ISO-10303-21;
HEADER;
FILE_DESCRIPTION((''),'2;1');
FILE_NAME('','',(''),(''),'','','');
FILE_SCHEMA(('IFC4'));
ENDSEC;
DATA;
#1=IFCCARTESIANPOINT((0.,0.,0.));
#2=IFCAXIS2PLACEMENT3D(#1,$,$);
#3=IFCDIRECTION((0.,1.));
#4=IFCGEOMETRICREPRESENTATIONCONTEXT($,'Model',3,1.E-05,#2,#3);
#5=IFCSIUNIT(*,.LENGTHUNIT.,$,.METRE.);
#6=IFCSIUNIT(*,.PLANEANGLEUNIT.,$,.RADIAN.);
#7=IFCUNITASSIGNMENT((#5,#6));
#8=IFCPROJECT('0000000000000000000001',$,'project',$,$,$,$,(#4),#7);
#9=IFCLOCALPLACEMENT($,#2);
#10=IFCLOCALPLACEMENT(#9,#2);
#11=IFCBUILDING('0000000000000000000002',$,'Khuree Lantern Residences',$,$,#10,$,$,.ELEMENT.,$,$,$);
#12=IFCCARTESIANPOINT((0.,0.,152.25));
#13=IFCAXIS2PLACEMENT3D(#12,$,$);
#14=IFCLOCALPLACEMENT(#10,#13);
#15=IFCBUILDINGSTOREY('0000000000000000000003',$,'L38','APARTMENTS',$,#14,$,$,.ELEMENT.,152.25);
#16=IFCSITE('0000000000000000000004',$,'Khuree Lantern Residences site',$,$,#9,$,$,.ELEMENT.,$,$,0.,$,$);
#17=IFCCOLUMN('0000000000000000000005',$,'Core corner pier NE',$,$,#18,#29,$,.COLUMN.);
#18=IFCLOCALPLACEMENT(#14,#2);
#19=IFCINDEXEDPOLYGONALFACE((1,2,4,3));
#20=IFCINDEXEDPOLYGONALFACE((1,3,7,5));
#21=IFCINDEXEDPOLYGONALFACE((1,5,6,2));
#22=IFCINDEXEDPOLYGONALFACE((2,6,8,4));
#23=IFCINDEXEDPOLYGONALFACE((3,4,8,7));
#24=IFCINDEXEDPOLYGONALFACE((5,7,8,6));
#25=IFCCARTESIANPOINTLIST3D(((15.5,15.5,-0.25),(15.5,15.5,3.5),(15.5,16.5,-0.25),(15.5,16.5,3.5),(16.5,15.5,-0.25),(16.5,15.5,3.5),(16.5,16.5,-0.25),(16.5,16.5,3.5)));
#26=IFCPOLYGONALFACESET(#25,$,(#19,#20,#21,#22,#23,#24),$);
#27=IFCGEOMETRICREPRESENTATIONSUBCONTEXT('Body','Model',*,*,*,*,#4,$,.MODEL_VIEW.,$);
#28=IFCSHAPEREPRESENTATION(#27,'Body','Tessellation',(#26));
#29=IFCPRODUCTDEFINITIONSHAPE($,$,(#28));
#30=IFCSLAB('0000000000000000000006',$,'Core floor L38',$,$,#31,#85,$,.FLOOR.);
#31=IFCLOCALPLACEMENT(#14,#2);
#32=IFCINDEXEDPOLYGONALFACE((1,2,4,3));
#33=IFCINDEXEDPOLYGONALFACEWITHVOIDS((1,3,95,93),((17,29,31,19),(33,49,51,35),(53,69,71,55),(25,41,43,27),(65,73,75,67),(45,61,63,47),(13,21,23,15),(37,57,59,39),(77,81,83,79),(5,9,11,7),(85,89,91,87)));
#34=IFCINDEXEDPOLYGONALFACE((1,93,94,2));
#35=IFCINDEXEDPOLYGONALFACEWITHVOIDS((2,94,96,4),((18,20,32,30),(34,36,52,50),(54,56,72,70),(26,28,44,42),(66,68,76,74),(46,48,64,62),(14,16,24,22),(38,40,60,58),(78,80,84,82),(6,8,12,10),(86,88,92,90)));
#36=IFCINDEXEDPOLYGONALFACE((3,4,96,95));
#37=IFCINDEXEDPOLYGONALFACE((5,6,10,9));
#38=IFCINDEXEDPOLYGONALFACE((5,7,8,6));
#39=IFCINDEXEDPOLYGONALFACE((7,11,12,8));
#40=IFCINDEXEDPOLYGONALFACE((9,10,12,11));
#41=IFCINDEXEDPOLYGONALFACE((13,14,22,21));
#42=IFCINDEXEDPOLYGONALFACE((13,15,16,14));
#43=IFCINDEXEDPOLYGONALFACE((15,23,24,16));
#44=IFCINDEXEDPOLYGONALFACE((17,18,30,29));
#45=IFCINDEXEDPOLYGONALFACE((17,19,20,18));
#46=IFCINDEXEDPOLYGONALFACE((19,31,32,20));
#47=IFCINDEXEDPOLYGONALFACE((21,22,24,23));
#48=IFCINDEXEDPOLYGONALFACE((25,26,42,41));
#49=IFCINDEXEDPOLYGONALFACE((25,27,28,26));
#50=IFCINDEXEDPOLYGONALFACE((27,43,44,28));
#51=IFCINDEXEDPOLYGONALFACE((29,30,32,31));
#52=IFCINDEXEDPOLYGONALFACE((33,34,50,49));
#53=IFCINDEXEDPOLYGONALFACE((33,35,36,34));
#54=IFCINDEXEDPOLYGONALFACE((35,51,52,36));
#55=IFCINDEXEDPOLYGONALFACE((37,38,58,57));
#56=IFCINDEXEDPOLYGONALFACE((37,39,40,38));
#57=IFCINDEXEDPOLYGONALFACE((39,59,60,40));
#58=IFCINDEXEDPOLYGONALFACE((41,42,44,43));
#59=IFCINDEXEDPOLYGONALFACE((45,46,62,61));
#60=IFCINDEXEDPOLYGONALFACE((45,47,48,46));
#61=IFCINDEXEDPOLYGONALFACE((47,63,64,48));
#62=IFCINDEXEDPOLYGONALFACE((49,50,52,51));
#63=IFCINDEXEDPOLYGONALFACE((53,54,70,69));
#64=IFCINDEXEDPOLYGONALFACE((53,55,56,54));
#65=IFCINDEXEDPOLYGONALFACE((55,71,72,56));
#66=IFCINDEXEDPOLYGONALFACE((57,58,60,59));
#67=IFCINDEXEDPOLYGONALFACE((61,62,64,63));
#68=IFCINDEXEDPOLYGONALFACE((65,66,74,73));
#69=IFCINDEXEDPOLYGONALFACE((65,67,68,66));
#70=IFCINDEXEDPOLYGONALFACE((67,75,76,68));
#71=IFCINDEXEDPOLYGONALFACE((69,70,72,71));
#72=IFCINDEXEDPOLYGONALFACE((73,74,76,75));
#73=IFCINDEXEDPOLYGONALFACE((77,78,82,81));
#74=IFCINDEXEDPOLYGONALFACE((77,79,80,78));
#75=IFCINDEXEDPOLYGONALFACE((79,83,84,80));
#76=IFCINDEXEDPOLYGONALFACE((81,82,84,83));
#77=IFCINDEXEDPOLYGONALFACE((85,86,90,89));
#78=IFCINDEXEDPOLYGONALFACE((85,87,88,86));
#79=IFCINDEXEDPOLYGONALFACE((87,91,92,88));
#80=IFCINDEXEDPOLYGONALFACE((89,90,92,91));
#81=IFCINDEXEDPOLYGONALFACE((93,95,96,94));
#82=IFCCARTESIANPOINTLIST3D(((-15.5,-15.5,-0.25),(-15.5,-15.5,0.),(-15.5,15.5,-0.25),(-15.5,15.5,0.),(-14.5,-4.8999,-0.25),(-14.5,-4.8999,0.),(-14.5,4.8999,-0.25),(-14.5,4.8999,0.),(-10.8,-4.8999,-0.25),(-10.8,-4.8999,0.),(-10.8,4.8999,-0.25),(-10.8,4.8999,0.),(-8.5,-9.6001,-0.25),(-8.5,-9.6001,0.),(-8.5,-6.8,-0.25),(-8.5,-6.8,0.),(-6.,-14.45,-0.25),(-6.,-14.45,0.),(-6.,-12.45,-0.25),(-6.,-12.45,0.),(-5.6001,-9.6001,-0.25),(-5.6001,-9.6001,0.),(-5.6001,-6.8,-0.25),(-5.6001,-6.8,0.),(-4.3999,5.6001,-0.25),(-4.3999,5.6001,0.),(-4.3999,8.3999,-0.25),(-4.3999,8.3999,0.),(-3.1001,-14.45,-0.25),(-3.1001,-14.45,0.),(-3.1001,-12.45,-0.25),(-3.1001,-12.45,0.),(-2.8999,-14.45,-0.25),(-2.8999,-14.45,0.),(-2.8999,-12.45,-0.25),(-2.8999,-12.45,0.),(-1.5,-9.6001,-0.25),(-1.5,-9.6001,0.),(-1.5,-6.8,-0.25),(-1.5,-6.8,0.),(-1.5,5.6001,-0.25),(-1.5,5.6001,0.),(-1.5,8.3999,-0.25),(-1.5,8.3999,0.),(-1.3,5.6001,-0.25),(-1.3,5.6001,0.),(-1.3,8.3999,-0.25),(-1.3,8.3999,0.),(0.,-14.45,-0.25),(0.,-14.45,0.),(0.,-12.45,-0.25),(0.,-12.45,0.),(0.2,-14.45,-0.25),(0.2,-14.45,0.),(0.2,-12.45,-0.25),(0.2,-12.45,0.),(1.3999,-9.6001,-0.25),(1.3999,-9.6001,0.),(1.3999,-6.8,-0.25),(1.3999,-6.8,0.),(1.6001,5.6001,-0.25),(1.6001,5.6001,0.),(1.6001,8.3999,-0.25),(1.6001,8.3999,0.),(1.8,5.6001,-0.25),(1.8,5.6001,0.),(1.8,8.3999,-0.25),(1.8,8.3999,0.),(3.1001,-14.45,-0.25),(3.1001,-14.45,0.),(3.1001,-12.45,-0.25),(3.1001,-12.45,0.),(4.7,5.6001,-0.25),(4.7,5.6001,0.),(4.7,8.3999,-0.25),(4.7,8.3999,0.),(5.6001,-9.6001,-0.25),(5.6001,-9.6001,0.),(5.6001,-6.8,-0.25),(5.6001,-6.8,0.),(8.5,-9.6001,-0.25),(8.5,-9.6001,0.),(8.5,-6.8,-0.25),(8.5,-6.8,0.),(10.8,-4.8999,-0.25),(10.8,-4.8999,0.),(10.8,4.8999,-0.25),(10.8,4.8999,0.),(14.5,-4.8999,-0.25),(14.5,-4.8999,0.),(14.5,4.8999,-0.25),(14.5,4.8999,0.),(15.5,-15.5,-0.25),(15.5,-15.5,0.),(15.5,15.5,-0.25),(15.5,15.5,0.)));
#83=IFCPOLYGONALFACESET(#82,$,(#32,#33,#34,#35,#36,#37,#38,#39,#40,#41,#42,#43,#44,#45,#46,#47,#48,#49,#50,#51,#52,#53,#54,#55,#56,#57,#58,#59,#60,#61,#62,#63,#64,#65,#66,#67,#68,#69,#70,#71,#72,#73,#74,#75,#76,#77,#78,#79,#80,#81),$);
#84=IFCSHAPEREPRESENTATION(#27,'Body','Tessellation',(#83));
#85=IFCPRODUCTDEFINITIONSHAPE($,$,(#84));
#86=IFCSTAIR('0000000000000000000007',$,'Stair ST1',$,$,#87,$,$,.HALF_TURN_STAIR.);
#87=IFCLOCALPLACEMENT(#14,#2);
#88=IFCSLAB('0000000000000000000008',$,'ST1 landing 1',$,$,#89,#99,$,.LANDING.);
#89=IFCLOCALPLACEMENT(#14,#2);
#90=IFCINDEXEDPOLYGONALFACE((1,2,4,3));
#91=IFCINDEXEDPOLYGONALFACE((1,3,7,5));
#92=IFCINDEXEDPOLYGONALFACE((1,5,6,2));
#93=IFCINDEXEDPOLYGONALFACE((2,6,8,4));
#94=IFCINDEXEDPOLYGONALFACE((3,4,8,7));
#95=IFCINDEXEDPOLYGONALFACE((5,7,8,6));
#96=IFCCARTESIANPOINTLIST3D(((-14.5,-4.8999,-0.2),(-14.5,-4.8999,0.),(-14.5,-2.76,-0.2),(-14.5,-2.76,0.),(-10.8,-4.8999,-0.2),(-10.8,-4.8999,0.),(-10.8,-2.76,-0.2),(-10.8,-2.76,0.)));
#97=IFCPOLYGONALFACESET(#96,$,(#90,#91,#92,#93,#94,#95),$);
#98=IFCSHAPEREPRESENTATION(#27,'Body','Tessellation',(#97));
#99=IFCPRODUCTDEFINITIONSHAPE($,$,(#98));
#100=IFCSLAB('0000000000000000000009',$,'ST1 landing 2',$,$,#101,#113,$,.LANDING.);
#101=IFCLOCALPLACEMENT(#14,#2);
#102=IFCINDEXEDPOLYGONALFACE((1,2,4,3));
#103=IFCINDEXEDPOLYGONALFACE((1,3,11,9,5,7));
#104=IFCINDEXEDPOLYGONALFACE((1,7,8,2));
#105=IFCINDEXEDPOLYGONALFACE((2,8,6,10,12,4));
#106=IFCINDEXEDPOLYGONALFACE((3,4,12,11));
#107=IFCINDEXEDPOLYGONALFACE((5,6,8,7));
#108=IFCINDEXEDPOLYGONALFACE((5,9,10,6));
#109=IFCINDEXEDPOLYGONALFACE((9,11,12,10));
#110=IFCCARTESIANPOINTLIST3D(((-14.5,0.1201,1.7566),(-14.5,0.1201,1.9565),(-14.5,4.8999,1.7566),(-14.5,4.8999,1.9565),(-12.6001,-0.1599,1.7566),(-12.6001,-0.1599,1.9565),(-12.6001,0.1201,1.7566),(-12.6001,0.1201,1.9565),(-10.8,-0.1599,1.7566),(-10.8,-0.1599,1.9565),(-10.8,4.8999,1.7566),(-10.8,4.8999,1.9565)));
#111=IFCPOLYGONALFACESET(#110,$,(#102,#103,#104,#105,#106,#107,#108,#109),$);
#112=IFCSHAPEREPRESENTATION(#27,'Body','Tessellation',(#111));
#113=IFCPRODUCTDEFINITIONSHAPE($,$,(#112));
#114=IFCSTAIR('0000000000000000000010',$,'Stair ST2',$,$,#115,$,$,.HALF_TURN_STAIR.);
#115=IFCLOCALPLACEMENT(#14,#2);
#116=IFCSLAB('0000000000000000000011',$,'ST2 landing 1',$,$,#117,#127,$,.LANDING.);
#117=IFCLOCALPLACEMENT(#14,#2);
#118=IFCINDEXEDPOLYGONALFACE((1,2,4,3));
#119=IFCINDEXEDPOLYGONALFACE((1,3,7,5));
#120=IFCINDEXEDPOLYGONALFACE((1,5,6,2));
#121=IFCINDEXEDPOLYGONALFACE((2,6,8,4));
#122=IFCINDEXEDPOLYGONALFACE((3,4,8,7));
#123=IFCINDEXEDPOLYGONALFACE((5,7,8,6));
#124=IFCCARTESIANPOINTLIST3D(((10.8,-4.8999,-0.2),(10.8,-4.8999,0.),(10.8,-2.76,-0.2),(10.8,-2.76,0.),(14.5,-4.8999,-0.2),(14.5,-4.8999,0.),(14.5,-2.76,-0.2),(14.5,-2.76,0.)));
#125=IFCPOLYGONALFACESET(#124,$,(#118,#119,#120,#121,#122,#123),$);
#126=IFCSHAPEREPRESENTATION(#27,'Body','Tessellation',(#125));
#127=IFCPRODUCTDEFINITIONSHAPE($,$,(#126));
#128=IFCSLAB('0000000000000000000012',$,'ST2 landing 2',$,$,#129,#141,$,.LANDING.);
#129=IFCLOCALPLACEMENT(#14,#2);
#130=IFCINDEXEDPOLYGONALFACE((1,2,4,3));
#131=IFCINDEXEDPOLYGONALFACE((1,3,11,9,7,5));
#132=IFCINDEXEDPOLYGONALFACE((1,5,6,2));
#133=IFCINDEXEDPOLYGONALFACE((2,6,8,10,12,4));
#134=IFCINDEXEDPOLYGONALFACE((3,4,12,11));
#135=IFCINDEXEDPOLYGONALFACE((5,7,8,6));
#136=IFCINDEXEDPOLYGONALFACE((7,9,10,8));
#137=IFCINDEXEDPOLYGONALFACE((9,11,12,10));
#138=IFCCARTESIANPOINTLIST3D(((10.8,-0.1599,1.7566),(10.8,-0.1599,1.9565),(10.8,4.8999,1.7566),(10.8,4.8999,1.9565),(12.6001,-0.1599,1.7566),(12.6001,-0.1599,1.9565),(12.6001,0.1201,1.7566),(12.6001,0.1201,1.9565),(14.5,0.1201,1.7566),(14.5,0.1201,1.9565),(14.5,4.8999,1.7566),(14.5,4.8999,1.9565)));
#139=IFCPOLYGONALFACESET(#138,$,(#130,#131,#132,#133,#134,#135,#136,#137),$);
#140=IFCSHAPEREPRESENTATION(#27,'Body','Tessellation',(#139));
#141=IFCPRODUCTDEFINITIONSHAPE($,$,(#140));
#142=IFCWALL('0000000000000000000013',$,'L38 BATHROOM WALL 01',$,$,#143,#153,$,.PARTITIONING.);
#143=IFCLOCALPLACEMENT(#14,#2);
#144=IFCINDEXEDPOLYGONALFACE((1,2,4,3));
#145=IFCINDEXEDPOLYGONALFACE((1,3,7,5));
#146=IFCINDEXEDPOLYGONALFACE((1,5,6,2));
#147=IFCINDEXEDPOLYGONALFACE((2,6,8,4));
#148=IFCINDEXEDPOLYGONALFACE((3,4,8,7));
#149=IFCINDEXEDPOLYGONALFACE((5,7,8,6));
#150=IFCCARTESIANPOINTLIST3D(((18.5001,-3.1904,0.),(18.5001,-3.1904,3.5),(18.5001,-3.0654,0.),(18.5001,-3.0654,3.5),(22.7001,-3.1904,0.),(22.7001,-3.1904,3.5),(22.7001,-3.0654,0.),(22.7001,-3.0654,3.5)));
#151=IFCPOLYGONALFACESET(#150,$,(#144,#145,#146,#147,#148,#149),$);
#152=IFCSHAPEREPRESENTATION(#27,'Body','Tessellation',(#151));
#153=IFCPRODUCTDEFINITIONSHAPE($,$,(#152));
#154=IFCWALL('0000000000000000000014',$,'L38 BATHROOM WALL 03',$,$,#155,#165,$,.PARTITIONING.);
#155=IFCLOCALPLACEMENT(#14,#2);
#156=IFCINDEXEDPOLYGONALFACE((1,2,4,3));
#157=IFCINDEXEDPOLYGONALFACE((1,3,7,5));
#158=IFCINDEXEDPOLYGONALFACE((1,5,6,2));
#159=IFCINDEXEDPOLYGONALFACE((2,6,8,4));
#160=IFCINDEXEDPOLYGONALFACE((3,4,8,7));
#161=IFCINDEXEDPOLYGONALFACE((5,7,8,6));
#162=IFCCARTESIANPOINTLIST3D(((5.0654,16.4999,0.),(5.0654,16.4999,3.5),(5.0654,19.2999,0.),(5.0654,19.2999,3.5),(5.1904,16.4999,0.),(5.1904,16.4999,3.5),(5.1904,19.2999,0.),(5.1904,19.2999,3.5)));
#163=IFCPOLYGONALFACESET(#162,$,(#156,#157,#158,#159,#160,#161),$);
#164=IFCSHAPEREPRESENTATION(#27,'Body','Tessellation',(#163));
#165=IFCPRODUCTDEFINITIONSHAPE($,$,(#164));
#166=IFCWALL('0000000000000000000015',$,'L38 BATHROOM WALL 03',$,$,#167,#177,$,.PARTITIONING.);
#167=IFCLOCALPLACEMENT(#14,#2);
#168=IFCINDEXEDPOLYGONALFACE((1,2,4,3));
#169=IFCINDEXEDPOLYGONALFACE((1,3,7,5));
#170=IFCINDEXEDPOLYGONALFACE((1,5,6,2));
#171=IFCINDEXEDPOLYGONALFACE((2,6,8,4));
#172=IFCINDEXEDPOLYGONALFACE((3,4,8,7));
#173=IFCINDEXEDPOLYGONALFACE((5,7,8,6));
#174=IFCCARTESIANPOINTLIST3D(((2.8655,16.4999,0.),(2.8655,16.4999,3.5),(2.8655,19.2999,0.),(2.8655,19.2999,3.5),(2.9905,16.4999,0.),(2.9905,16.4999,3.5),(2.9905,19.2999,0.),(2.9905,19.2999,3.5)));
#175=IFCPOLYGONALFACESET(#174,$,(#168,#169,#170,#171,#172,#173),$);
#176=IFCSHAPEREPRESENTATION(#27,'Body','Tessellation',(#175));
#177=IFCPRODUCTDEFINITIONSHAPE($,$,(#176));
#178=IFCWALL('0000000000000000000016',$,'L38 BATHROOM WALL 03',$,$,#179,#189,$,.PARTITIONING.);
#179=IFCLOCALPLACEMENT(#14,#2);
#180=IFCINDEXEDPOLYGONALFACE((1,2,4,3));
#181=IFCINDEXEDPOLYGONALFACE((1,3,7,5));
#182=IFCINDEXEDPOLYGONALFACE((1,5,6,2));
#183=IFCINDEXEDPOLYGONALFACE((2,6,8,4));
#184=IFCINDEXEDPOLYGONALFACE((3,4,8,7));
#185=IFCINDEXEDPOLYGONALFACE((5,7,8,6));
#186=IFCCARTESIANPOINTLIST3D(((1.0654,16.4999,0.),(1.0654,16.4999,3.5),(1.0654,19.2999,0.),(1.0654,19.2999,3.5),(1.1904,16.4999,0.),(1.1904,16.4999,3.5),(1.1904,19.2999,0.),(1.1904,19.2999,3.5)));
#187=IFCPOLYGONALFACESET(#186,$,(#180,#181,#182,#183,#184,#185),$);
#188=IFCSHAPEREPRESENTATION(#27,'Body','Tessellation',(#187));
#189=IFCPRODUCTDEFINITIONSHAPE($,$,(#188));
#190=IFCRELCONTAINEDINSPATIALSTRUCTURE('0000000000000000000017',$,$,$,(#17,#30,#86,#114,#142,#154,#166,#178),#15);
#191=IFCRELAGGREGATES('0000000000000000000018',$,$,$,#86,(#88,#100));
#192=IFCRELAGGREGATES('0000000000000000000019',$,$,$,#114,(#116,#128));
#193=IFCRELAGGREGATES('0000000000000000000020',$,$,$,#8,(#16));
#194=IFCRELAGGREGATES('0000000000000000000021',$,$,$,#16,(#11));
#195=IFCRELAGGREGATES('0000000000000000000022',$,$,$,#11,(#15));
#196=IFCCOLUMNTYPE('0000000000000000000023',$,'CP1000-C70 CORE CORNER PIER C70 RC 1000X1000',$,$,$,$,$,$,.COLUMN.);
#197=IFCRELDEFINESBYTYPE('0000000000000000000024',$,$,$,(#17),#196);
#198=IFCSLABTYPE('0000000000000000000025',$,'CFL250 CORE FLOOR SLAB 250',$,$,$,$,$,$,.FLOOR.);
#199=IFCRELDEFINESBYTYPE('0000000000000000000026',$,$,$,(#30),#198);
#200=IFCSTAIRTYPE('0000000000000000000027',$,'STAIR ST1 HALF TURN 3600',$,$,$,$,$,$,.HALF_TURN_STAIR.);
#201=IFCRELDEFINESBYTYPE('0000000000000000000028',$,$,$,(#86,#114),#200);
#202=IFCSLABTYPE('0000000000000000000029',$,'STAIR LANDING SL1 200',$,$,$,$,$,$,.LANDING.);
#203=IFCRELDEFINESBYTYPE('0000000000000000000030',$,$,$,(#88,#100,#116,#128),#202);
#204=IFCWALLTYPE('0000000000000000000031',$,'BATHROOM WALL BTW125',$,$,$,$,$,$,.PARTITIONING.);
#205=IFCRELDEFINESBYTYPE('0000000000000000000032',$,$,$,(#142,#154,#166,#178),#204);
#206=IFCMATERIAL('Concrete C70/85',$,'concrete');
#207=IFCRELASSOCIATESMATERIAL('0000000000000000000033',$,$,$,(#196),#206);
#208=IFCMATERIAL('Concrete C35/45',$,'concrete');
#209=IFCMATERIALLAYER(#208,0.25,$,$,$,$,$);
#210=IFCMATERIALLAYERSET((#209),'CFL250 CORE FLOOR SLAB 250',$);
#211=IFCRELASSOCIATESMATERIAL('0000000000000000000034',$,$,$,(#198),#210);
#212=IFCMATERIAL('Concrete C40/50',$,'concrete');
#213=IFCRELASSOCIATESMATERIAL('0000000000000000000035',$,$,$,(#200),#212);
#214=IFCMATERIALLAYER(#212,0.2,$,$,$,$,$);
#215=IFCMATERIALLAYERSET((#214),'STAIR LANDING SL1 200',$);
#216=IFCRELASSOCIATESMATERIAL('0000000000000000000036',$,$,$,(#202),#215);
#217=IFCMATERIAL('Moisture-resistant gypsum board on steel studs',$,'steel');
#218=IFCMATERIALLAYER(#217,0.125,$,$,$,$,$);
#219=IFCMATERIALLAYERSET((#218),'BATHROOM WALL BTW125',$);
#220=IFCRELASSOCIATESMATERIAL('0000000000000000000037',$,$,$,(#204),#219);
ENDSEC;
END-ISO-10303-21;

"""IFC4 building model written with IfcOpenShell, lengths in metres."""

from ifc_helpers import new_model, si_unit, direction, frame, frame_2d, origin, origin_2d, place, context, subcontext, project, spatial, polyline, rectangle, outline, extrude, material, layer, layer_set, material_profile, profile_set, type_object, element, aggregate, save


model = new_model("IFC4")

# Units and contexts
model_context = context("Model", 3, precision=1e-05, world=origin(), true_north=direction((0.0, 1.0)))
body_context = subcontext(model_context, "Body", "Model", "MODEL_VIEW")
ifc_project = project(units=[si_unit("LENGTHUNIT", "METRE"), si_unit("PLANEANGLEUNIT", "RADIAN")], contexts=[model_context])

# Site, building, storey
site_placement = place(None, origin())
site = spatial("IfcSite", under=ifc_project, at=site_placement, Name="Khuree Lantern Residences site", CompositionType="ELEMENT", RefElevation=0.0)
building_placement = place(site_placement, origin())
building = spatial("IfcBuilding", under=site, at=building_placement, Name="Khuree Lantern Residences", CompositionType="ELEMENT")
storey_placement = place(building_placement, frame((0.0, 0.0, 152.25)))
storey = spatial("IfcBuildingStorey", under=building, at=storey_placement, Name="L38", Description="APARTMENTS", CompositionType="ELEMENT", Elevation=152.25)

# Column
ifc_material_1 = material(Name="Concrete C70/85", Category="concrete")
ifc_material_profile = material_profile(ifc_material_1, rectangle(XDim=1.0, YDim=1.0, at=origin_2d()), Name="RC 1000X1000")
ifc_profile_set = profile_set([ifc_material_profile], Name="Concrete C70/85")
column_type = type_object("IfcColumnType", Name="CP1000-C70 CORE CORNER PIER C70 RC 1000X1000", PredefinedType="COLUMN", material=ifc_profile_set)
column_placement = place(storey_placement, frame((16.0, 16.0, -0.25), z_axis=(0.0, 0.0, 1.0), x_axis=(1.0, 0.0, 0.0)))
element("IfcColumn", 1, at=column_placement, inside=storey, type_object=column_type, Name="Core corner pier NE", PredefinedType="COLUMN", context=body_context, shape_type="SweptSolid", body=[
    extrude(rectangle(XDim=1.0, YDim=1.0, at=origin_2d()), origin(), (0.0, 0.0, 1.0), 3.75),
])

# Slab
ifc_material_2 = material(Name="Concrete C35/45", Category="concrete")
ifc_layer_1 = layer(ifc_material_2, 0.25)
ifc_layer_set_1 = layer_set([ifc_layer_1], Name="CFL250 CORE FLOOR SLAB 250")
slab_type_1 = type_object("IfcSlabType", Name="CFL250 CORE FLOOR SLAB 250", PredefinedType="FLOOR", material=ifc_layer_set_1)
slab_1_placement = place(storey_placement, frame((0.0, 0.0, -0.25)))
element("IfcSlab", 2, at=slab_1_placement, inside=storey, type_object=slab_type_1, Name="Core floor L38", PredefinedType="FLOOR", context=body_context, shape_type="SweptSolid", body=[
    extrude(outline(polyline([(-15.5, -15.5), (-15.5, 15.5), (15.5, 15.5), (15.5, -15.5), (-15.5, -15.5)]), holes=[polyline([(10.8, 4.8999), (10.8, -4.8999), (14.5, -4.8999), (14.5, 4.8999), (10.8, 4.8999)]), polyline([(8.5, -6.8), (5.6001, -6.8), (5.6001, -9.6001), (8.5, -9.6001), (8.5, -6.8)]), polyline([(4.7, 8.3999), (1.8, 8.3999), (1.8, 5.6001), (4.7, 5.6001), (4.7, 8.3999)]), polyline([(3.1001, -12.45), (0.2, -12.45), (0.2, -14.45), (3.1001, -14.45), (3.1001, -12.45)]), polyline([(1.6001, 8.3999), (-1.3, 8.3999), (-1.3, 5.6001), (1.6001, 5.6001), (1.6001, 8.3999)]), polyline([(1.3999, -6.8), (-1.5, -6.8), (-1.5, -9.6001), (1.3999, -9.6001), (1.3999, -6.8)]), polyline([(-2.8999, -12.45), (-2.8999, -14.45), (0.0, -14.45), (0.0, -12.45), (-2.8999, -12.45)]), polyline([(-4.3999, 8.3999), (-4.3999, 5.6001), (-1.5, 5.6001), (-1.5, 8.3999), (-4.3999, 8.3999)]), polyline([(-6.0, -12.45), (-6.0, -14.45), (-3.1001, -14.45), (-3.1001, -12.45), (-6.0, -12.45)]), polyline([(-8.5, -6.8), (-8.5, -9.6001), (-5.6001, -9.6001), (-5.6001, -6.8), (-8.5, -6.8)]), polyline([(-10.8, 4.8999), (-14.5, 4.8999), (-14.5, -4.8999), (-10.8, -4.8999), (-10.8, 4.8999)])]), origin(), (0.0, 0.0, 1.0), 0.25),
])

# Stairs, slabs
ifc_material_3 = material(Name="Concrete C40/50", Category="concrete")
stair_type = type_object("IfcStairType", Name="STAIR ST1 HALF TURN 3600", PredefinedType="HALF_TURN_STAIR", material=ifc_material_3)
stair_1_placement = place(storey_placement, origin())
stair_1 = element("IfcStair", 3, at=stair_1_placement, inside=storey, type_object=stair_type, Name="Stair ST1", PredefinedType="HALF_TURN_STAIR")
ifc_layer_2 = layer(ifc_material_3, 0.2)
ifc_layer_set_2 = layer_set([ifc_layer_2], Name="STAIR LANDING SL1 200")
slab_type_2 = type_object("IfcSlabType", Name="STAIR LANDING SL1 200", PredefinedType="LANDING", material=ifc_layer_set_2)
slab_2_placement = place(storey_placement, frame((0.0, 0.0, -0.2)))
slab_2 = element("IfcSlab", 4, at=slab_2_placement, type_object=slab_type_2, Name="ST1 landing 1", PredefinedType="LANDING", context=body_context, shape_type="SweptSolid", body=[
    extrude(outline(polyline([(-14.5, -4.8999), (-10.8, -4.8999), (-10.8, -2.76), (-14.5, -2.76), (-14.5, -4.8999)])), origin(), (0.0, 0.0, 1.0), 0.2),
])
slab_3_placement = place(storey_placement, frame((0.0, 0.0, 1.7566)))
slab_3 = element("IfcSlab", 5, at=slab_3_placement, type_object=slab_type_2, Name="ST1 landing 2", PredefinedType="LANDING", context=body_context, shape_type="SweptSolid", body=[
    extrude(outline(polyline([(-14.5, 0.1201), (-14.5, 4.8999), (-10.8, 4.8999), (-10.8, -0.1599), (-12.6001, -0.1599), (-12.6001, 0.1201), (-14.5, 0.1201)])), origin(), (0.0, 0.0, 1.0), 0.2),
])
aggregate(stair_1, [slab_2, slab_3])
stair_2_placement = place(storey_placement, origin())
stair_2 = element("IfcStair", 6, at=stair_2_placement, inside=storey, type_object=stair_type, Name="Stair ST2", PredefinedType="HALF_TURN_STAIR")
slab_4_placement = place(storey_placement, frame((0.0, 0.0, -0.2)))
slab_4 = element("IfcSlab", 7, at=slab_4_placement, type_object=slab_type_2, Name="ST2 landing 1", PredefinedType="LANDING", context=body_context, shape_type="SweptSolid", body=[
    extrude(outline(polyline([(10.8, -4.8999), (14.5, -4.8999), (14.5, -2.76), (10.8, -2.76), (10.8, -4.8999)])), origin(), (0.0, 0.0, 1.0), 0.2),
])
slab_5_placement = place(storey_placement, frame((0.0, 0.0, 1.7566)))
slab_5 = element("IfcSlab", 8, at=slab_5_placement, type_object=slab_type_2, Name="ST2 landing 2", PredefinedType="LANDING", context=body_context, shape_type="SweptSolid", body=[
    extrude(outline(polyline([(14.5, 4.8999), (14.5, 0.1201), (12.6001, 0.1201), (12.6001, -0.1599), (10.8, -0.1599), (10.8, 4.8999), (14.5, 4.8999)])), origin(), (0.0, 0.0, 1.0), 0.2),
])

# Walls
ifc_material_4 = material(Name="Moisture-resistant gypsum board on steel studs", Category="steel")
ifc_layer_3 = layer(ifc_material_4, 0.125)
ifc_layer_set_3 = layer_set([ifc_layer_3], Name="BATHROOM WALL BTW125")
wall_type_1 = type_object("IfcWallType", Name="BATHROOM WALL BTW125", PredefinedType="PARTITIONING", material=ifc_layer_set_3)
wall_1_placement = place(storey_placement, frame((18.5, -3.1279, 0.0), z_axis=(0.0, 0.0, 1.0), x_axis=(1.0, 0.0, 0.0)))
element("IfcWall", 9, at=wall_1_placement, inside=storey, type_object=wall_type_1, Name="L38 BATHROOM WALL 01", PredefinedType="PARTITIONING", context=body_context, shape_type="SweptSolid", body=[
    extrude(rectangle(XDim=4.2, YDim=0.125, at=frame_2d((2.1001, 0.0))), origin(), (0.0, 0.0, 1.0), 3.5),
])
for number, where, z_axis, x_axis, name in (
    (10, (5.1279, 16.5, 0.0), (0.0, 0.0, 1.0), (0.0, 1.0, 0.0), "L38 BATHROOM WALL 03"),
    (11, (2.928, 16.5, 0.0), (0.0, 0.0, 1.0), (0.0, 1.0, 0.0), "L38 BATHROOM WALL 03"),
    (12, (1.1279, 16.5, 0.0), (0.0, 0.0, 1.0), (0.0, 1.0, 0.0), "L38 BATHROOM WALL 03"),
):
    element("IfcWall", number, at=place(storey_placement, frame(where, z_axis=z_axis, x_axis=x_axis)), inside=storey, type_object=wall_type_1, Name=name, PredefinedType="PARTITIONING", context=body_context, shape_type="SweptSolid", body=[
        extrude(rectangle(XDim=2.8, YDim=0.125, at=frame_2d((1.3999, 0.0))), origin(), (0.0, 0.0, 1.0), 3.5),
    ])

aggregate(stair_2, [slab_4, slab_5])

save(model, "model.ifc")
